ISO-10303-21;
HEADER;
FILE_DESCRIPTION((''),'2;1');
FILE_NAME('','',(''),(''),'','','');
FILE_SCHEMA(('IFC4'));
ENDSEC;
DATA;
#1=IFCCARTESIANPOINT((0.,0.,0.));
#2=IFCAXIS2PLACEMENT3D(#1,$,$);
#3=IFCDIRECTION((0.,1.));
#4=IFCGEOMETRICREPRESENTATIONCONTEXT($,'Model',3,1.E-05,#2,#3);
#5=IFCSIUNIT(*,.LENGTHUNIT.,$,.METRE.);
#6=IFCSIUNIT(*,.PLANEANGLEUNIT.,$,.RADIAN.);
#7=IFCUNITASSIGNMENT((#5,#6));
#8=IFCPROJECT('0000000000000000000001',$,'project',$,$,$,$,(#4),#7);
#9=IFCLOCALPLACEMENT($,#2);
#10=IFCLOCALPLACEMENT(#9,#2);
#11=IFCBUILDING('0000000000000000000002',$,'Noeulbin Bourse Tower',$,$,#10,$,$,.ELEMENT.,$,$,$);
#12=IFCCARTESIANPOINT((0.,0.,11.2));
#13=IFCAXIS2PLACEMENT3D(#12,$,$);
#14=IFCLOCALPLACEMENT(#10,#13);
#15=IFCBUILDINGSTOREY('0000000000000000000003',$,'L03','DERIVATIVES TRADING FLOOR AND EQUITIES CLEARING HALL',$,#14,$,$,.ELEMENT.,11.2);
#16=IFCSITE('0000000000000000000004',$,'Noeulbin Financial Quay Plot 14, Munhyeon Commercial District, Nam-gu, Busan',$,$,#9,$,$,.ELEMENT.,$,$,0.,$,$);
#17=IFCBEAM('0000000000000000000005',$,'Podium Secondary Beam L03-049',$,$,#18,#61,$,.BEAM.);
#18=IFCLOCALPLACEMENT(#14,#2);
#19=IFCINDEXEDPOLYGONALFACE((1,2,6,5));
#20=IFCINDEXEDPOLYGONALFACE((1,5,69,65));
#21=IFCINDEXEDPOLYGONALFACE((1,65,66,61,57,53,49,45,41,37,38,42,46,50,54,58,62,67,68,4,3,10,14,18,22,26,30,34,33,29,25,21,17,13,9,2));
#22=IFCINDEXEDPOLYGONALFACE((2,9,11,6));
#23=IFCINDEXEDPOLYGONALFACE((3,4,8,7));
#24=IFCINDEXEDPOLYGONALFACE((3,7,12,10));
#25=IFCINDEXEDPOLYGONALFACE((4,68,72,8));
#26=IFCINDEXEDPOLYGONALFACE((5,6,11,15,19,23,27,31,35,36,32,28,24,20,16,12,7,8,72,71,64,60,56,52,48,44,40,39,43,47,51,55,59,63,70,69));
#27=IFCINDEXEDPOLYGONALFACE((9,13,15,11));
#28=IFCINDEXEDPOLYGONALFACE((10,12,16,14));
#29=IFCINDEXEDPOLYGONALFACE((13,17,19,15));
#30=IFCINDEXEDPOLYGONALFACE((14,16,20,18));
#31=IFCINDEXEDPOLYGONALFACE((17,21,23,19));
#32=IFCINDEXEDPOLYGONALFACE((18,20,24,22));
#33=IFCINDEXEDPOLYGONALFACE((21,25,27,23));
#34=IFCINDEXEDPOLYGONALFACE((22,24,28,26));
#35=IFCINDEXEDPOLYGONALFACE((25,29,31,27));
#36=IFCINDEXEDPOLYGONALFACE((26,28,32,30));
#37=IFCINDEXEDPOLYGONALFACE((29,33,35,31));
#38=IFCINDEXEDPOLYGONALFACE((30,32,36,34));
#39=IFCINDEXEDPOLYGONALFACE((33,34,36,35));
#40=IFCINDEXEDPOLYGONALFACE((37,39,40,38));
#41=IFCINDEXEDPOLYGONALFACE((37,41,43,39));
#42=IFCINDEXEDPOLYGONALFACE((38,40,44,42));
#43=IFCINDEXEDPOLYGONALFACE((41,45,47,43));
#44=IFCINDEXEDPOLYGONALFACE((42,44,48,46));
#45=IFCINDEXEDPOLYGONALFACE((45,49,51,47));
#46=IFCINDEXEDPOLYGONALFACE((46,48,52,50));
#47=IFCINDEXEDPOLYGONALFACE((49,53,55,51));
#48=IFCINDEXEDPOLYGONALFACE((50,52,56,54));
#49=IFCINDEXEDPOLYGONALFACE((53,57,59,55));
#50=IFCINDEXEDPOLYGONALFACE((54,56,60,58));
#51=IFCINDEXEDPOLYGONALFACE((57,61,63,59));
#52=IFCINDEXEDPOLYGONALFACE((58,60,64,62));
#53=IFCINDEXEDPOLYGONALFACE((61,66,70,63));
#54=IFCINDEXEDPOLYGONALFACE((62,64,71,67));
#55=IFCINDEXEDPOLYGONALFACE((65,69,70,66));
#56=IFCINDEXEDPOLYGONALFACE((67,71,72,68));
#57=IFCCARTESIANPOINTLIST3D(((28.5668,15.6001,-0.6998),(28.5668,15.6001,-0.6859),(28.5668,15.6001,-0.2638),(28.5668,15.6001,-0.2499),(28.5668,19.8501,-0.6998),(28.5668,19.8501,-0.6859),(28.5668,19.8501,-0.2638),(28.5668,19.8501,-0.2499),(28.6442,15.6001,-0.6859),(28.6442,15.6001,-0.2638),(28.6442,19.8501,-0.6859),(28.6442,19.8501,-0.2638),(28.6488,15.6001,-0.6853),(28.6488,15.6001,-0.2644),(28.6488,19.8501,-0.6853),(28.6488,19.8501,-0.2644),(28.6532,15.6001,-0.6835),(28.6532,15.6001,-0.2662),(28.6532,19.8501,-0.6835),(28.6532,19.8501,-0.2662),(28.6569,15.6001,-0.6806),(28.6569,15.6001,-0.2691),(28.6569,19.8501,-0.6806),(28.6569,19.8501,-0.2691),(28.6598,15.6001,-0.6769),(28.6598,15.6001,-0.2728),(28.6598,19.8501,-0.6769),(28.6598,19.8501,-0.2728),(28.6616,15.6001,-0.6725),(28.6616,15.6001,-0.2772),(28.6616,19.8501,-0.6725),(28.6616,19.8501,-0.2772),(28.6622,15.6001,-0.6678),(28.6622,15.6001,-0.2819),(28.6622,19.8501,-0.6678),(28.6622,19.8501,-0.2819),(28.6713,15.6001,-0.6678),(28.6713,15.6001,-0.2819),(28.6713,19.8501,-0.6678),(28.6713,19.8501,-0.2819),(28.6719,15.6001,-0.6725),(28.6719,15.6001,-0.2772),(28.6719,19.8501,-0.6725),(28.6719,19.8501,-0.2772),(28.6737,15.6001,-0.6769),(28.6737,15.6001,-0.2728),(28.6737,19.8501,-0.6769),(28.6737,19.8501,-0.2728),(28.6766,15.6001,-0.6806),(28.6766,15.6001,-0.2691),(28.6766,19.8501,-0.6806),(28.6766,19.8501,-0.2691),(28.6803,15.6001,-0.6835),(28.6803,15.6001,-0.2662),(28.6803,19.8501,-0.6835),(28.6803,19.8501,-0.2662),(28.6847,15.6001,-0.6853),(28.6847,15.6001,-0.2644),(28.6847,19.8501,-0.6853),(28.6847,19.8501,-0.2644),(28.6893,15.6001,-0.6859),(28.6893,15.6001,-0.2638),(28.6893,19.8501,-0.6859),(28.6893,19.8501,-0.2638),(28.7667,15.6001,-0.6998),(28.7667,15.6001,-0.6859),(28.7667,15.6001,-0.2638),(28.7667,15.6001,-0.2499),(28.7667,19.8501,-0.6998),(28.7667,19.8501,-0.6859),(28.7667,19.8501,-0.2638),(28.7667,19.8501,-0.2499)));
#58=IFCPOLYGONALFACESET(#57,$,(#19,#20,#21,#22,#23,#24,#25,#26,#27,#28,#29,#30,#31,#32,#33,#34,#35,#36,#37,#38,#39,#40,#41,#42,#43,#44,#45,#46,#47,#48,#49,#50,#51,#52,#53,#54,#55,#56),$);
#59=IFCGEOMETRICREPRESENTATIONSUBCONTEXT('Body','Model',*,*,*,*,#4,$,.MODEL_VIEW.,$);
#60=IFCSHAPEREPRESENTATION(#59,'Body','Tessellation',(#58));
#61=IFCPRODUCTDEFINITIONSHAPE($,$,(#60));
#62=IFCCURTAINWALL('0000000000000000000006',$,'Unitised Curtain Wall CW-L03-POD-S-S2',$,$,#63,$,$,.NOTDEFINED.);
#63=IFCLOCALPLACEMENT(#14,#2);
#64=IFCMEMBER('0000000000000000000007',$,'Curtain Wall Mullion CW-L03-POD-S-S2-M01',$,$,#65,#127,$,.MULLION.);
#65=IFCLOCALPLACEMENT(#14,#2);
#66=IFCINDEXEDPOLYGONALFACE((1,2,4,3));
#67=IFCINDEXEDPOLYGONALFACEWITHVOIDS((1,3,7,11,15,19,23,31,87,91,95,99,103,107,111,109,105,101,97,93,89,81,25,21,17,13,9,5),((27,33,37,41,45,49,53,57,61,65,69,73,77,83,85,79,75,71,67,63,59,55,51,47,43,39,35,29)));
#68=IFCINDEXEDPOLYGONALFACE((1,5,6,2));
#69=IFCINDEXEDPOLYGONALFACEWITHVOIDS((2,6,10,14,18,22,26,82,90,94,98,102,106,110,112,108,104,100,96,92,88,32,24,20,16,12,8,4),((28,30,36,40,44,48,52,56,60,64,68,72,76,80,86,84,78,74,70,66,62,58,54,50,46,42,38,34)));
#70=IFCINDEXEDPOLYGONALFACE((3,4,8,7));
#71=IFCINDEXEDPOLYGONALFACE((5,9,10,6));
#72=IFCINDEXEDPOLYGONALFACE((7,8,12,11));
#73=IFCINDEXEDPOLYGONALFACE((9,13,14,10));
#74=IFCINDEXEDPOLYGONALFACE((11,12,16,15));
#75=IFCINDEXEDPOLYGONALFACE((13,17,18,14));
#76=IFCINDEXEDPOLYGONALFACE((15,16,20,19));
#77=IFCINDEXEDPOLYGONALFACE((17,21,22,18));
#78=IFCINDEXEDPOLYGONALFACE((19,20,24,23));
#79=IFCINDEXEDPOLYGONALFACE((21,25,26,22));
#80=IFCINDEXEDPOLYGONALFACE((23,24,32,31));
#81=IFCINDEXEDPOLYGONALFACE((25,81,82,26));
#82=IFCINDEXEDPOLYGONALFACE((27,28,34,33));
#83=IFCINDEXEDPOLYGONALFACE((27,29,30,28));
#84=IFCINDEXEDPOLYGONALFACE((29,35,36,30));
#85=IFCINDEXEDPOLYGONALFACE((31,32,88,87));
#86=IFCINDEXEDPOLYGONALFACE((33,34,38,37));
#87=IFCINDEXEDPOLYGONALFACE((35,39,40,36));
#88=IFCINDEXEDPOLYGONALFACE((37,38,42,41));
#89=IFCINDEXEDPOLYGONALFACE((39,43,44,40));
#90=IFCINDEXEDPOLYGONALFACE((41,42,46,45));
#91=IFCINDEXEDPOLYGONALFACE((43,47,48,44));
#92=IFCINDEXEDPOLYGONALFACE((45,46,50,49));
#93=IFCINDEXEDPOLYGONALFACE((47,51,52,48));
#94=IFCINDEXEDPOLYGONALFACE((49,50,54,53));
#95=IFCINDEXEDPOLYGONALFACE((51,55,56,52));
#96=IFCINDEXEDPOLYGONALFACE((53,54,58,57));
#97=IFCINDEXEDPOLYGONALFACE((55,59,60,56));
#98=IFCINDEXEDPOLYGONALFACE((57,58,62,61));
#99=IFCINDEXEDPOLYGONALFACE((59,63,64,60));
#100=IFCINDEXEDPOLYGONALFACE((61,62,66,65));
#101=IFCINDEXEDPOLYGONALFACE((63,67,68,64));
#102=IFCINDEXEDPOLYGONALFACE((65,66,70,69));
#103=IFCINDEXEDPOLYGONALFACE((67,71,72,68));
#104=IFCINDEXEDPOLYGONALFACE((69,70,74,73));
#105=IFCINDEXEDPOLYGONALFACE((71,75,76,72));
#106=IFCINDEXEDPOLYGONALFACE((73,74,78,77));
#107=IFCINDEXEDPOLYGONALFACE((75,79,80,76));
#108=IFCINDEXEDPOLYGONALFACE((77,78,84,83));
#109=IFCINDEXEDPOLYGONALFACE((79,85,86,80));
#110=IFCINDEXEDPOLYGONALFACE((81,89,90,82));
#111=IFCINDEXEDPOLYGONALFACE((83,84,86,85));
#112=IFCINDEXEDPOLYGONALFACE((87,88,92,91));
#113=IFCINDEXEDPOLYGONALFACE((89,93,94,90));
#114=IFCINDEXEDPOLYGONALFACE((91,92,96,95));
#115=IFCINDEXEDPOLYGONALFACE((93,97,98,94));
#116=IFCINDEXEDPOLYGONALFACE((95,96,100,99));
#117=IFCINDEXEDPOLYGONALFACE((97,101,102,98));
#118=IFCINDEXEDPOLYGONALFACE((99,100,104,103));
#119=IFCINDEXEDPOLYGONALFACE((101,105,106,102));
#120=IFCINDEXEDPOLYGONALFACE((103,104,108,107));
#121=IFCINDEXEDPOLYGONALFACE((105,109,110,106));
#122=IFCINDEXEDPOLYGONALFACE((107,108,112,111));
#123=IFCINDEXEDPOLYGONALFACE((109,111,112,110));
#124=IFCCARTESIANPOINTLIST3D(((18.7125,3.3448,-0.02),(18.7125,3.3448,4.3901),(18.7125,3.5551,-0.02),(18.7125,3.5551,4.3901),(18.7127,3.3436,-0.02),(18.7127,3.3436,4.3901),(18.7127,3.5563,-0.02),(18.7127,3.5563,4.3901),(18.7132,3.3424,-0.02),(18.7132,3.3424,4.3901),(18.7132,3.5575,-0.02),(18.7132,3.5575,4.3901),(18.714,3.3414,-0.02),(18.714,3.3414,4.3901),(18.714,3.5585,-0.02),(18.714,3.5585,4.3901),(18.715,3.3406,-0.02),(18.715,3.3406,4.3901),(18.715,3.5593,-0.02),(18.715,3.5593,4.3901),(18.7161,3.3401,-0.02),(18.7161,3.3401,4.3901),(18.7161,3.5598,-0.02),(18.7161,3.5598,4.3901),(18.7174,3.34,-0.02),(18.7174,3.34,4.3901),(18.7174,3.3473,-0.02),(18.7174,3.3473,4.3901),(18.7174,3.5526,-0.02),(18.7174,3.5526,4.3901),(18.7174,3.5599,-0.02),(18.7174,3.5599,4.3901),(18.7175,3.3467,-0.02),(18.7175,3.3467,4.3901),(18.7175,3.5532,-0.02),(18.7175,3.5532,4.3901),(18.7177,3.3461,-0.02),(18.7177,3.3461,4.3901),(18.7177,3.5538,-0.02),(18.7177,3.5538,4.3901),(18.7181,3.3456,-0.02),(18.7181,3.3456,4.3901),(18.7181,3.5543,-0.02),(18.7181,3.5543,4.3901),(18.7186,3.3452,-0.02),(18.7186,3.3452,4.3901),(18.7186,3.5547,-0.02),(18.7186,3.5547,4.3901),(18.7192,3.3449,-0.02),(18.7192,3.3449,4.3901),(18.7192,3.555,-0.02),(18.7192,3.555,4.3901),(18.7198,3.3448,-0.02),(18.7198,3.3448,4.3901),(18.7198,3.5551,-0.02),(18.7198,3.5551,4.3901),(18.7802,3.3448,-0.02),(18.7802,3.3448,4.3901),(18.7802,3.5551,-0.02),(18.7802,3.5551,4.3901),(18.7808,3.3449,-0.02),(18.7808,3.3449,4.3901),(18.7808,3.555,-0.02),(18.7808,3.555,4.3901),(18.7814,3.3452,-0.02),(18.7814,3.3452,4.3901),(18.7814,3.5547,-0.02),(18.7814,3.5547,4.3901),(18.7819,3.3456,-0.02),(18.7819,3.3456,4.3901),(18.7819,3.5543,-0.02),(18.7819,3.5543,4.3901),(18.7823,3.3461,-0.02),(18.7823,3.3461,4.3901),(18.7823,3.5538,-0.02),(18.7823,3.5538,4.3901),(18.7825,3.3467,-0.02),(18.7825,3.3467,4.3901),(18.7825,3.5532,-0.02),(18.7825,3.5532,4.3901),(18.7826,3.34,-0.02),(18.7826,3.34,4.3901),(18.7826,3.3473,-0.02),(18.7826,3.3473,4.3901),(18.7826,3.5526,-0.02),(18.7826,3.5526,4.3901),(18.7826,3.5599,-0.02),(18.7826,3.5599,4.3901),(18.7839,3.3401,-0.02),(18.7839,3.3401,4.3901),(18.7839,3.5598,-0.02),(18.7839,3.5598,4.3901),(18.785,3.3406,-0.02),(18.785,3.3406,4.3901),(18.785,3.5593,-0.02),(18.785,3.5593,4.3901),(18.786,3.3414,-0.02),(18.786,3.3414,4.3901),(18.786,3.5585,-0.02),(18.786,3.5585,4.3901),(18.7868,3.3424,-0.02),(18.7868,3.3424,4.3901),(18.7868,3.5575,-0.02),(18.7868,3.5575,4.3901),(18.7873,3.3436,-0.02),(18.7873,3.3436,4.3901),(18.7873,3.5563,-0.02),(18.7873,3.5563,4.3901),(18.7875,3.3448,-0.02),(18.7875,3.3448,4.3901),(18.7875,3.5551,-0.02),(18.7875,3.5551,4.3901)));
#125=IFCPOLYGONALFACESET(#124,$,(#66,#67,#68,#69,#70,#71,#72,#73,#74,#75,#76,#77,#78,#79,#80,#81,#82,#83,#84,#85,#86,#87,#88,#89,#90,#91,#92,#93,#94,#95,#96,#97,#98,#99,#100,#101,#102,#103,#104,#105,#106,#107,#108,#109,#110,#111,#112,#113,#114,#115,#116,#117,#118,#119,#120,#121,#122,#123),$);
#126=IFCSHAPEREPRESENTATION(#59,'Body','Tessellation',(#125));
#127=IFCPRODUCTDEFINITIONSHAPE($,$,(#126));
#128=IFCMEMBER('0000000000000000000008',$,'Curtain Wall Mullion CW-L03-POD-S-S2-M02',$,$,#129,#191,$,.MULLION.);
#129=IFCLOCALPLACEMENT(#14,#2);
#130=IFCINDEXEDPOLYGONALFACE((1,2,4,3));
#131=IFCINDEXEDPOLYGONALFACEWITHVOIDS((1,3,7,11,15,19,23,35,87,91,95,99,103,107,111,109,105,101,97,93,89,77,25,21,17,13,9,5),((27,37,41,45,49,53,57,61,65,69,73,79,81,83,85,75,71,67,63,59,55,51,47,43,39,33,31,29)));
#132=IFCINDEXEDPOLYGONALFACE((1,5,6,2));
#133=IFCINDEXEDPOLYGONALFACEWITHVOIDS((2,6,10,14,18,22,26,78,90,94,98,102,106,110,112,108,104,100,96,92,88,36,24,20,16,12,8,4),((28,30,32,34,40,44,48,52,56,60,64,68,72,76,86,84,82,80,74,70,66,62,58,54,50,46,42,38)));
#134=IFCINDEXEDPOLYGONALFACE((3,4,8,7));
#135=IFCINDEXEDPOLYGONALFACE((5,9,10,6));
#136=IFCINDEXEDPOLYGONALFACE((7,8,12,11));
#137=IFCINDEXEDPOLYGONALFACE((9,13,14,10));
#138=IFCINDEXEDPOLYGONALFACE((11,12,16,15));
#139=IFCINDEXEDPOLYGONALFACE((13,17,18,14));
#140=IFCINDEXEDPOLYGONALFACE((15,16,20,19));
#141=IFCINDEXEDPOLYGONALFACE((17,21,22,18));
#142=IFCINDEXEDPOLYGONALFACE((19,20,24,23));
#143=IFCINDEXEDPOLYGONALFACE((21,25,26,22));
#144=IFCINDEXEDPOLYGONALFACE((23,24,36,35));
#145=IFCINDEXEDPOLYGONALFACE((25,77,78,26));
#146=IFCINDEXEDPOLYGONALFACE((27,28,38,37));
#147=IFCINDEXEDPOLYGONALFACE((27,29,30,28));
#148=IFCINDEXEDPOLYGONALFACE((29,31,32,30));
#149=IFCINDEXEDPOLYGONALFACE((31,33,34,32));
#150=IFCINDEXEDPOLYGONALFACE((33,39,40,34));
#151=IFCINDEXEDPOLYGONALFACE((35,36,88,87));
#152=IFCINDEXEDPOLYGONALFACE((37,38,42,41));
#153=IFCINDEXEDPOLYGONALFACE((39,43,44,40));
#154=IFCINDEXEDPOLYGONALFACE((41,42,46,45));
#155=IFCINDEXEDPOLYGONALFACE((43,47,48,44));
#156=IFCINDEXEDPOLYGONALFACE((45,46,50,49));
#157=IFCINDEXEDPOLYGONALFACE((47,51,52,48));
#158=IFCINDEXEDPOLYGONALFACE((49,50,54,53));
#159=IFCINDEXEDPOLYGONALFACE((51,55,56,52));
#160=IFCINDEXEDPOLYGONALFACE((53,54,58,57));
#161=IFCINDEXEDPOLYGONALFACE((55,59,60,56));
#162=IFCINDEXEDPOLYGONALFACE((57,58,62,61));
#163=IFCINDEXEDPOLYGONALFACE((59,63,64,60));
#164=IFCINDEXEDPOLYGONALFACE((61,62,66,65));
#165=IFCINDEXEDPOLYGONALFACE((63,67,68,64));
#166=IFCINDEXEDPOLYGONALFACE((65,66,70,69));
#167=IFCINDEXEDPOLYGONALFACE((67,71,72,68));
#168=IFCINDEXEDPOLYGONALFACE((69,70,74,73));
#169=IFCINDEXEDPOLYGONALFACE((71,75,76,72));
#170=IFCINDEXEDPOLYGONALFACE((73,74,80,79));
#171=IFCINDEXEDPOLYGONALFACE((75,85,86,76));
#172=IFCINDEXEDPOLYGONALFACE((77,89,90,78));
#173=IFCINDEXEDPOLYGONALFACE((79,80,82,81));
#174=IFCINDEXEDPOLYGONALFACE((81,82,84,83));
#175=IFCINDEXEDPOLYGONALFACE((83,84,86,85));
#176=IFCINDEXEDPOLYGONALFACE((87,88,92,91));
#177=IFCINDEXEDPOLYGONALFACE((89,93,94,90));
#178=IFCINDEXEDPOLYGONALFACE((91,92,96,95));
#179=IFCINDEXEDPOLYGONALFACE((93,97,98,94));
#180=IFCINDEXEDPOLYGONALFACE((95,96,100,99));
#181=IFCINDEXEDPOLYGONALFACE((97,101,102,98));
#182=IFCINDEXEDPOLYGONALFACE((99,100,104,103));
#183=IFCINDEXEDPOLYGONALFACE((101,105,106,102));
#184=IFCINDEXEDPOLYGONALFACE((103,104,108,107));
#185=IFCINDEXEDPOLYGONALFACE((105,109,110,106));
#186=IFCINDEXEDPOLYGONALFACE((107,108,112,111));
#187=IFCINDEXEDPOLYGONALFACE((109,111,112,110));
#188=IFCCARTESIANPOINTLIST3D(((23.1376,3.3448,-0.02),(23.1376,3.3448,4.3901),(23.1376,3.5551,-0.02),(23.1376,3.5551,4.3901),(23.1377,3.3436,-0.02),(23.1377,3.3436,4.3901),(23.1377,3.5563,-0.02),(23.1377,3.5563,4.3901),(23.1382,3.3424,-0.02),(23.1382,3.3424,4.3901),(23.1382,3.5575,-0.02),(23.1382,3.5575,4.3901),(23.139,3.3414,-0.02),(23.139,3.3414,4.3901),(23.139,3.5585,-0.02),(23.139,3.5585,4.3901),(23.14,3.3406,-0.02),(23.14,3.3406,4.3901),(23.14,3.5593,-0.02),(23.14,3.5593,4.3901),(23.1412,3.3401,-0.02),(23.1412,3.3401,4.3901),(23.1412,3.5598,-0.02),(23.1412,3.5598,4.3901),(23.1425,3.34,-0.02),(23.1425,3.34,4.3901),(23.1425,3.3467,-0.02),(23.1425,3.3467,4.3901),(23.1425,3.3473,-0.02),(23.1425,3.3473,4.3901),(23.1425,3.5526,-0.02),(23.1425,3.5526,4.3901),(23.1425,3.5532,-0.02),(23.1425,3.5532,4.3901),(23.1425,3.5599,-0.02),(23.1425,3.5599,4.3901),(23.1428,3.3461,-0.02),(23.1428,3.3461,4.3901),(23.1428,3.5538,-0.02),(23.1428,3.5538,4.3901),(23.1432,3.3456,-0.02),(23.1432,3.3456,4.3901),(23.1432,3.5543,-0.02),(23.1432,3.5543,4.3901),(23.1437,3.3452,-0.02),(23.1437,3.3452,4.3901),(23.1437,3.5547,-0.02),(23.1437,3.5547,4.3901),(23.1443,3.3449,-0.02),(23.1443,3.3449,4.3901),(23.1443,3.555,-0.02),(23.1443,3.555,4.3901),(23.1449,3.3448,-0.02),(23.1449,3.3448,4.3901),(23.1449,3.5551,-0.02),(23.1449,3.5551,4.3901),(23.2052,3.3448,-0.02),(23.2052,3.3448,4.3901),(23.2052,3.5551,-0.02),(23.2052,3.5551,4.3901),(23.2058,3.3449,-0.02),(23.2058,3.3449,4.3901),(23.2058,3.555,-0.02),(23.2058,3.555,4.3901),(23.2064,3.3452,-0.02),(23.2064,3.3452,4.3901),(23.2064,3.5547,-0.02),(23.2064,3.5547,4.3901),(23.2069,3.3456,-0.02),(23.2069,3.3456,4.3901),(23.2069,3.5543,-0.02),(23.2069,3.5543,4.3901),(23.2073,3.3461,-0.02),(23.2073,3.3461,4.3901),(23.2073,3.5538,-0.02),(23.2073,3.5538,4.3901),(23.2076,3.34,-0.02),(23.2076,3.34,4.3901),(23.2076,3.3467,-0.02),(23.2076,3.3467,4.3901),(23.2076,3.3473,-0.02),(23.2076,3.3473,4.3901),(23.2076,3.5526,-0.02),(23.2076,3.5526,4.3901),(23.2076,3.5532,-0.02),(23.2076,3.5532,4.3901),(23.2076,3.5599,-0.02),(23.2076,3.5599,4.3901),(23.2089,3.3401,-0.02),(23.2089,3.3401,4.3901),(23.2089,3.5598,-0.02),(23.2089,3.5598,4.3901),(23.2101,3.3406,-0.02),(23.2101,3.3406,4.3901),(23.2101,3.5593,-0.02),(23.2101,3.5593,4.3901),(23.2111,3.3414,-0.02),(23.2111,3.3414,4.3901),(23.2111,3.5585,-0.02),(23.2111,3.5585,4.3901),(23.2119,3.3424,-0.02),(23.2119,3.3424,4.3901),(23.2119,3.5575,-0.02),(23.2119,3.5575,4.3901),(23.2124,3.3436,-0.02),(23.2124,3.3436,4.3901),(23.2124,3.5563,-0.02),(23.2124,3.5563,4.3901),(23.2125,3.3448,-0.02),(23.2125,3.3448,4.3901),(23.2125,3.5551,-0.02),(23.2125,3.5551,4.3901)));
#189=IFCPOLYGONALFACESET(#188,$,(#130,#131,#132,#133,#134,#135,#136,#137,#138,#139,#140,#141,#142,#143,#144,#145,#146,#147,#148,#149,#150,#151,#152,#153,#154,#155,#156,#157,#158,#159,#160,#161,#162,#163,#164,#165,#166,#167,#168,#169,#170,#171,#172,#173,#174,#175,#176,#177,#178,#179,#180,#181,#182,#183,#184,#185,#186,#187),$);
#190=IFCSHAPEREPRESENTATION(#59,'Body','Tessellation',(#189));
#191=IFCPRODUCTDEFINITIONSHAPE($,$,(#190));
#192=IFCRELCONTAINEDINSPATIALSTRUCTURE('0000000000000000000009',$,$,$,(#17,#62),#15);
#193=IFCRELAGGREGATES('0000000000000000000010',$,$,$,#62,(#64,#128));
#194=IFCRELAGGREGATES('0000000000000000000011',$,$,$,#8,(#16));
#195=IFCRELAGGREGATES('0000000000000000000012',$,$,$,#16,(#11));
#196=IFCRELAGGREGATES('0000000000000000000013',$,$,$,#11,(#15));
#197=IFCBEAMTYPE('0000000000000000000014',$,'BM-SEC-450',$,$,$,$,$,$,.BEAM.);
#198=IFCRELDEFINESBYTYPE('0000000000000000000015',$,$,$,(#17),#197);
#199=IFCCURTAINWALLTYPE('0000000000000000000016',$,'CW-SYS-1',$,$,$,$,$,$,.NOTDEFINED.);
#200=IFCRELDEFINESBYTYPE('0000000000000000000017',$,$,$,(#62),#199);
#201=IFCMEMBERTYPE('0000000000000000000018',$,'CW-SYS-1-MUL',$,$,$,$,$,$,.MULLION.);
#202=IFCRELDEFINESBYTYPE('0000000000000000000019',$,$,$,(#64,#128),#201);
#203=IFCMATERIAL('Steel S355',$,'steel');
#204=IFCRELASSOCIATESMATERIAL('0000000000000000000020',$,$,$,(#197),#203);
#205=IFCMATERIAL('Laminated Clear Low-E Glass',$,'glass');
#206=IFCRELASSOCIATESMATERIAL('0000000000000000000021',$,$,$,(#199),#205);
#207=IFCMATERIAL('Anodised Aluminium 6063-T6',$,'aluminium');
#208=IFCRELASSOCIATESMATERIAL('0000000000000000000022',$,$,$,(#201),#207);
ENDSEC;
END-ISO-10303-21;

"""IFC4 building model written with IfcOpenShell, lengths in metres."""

from ifc_helpers import new_model, si_unit, direction, frame, origin, origin_2d, place, context, subcontext, project, spatial, hollow_rectangle, i_section, extrude, material, material_profile, profile_set, type_object, element, aggregate, save


model = new_model("IFC4")

# Units and contexts
model_context = context("Model", 3, precision=1e-05, world=origin(), true_north=direction((0.0, 1.0)))
body_context = subcontext(model_context, "Body", "Model", "MODEL_VIEW")
ifc_project = project(units=[si_unit("LENGTHUNIT", "METRE"), si_unit("PLANEANGLEUNIT", "RADIAN")], contexts=[model_context])

# Site, building, storey
site_placement = place(None, origin())
site = spatial("IfcSite", under=ifc_project, at=site_placement, Name="Noeulbin Financial Quay Plot 14, Munhyeon Commercial District, Nam-gu, Busan", CompositionType="ELEMENT", RefElevation=0.0)
building_placement = place(site_placement, origin())
building = spatial("IfcBuilding", under=site, at=building_placement, Name="Noeulbin Bourse Tower", CompositionType="ELEMENT")
storey_placement = place(building_placement, frame((0.0, 0.0, 11.2)))
storey = spatial("IfcBuildingStorey", under=building, at=storey_placement, Name="L03", Description="DERIVATIVES TRADING FLOOR AND EQUITIES CLEARING HALL", CompositionType="ELEMENT", Elevation=11.2)

# Beam
ifc_material_1 = material(Name="Steel S355", Category="steel")
ifc_material_profile_1 = material_profile(ifc_material_1, i_section(OverallWidth=0.2, OverallDepth=0.45, WebThickness=0.009, FlangeThickness=0.0139, FilletRadius=0.0181, at=origin_2d()), Name="H-450x200x9x14", Category="LoadBearing")
ifc_profile_set_1 = profile_set([ifc_material_profile_1], Name="Steel S355")
beam_type_1 = type_object("IfcBeamType", Name="BM-SEC-450", PredefinedType="BEAM", material=ifc_profile_set_1)
beam_1_placement = place(storey_placement, frame((28.6667, 15.6001, -0.4749), z_axis=(0.0, 1.0, 0.0), x_axis=(-1.0, 0.0, 0.0)))
element("IfcBeam", 1, at=beam_1_placement, inside=storey, type_object=beam_type_1, Name="Podium Secondary Beam L03-049", PredefinedType="BEAM", context=body_context, shape_type="SweptSolid", body=[
    extrude(i_section(OverallWidth=0.2, OverallDepth=0.45, WebThickness=0.009, FlangeThickness=0.0139, FilletRadius=0.0181, at=origin_2d()), origin(), (0.0, 0.0, 1.0), 4.25),
])

# Curtain wall, members
ifc_material_2 = material(Name="Laminated Clear Low-E Glass", Category="glass")
curtain_wall_type = type_object("IfcCurtainWallType", Name="CW-SYS-1", PredefinedType="NOTDEFINED", material=ifc_material_2)
curtain_wall_1_placement = place(storey_placement, origin())
curtain_wall_1 = element("IfcCurtainWall", 2, at=curtain_wall_1_placement, inside=storey, type_object=curtain_wall_type, Name="Unitised Curtain Wall CW-L03-POD-S-S2", PredefinedType="NOTDEFINED")
ifc_material_3 = material(Name="Anodised Aluminium 6063-T6", Category="aluminium")
ifc_material_profile_2 = material_profile(ifc_material_3, hollow_rectangle(XDim=0.075, YDim=0.22, WallThickness=0.0049, InnerFilletRadius=0.0024, OuterFilletRadius=0.0049, at=origin_2d()), Name="ALU-MULL-75x220x5", Category="LoadBearing")
ifc_profile_set_2 = profile_set([ifc_material_profile_2], Name="Anodised Aluminium 6063-T6")
member_type_1 = type_object("IfcMemberType", Name="CW-SYS-1-MUL", PredefinedType="MULLION", material=ifc_profile_set_2)
member_1_placement = place(storey_placement, frame((18.75, 3.45, -0.02), z_axis=(0.0, 0.0, 1.0), x_axis=(1.0, 0.0, 0.0)))
member_1 = element("IfcMember", 3, at=member_1_placement, type_object=member_type_1, Name="Curtain Wall Mullion CW-L03-POD-S-S2-M01", PredefinedType="MULLION", context=body_context, shape_type="SweptSolid", body=[
    extrude(hollow_rectangle(XDim=0.075, YDim=0.22, WallThickness=0.0049, InnerFilletRadius=0.0024, OuterFilletRadius=0.0049, at=origin_2d()), origin(), (0.0, 0.0, 1.0), 4.4102),
])
member_2_placement = place(storey_placement, frame((23.175, 3.45, -0.02), z_axis=(0.0, 0.0, 1.0), x_axis=(1.0, 0.0, 0.0)))
member_2 = element("IfcMember", 4, at=member_2_placement, type_object=member_type_1, Name="Curtain Wall Mullion CW-L03-POD-S-S2-M02", PredefinedType="MULLION", context=body_context, shape_type="SweptSolid", body=[
    extrude(hollow_rectangle(XDim=0.075, YDim=0.22, WallThickness=0.0049, InnerFilletRadius=0.0024, OuterFilletRadius=0.0049, at=origin_2d()), origin(), (0.0, 0.0, 1.0), 4.4102),
])

aggregate(curtain_wall_1, [member_1, member_2])

save(model, "model.ifc")
